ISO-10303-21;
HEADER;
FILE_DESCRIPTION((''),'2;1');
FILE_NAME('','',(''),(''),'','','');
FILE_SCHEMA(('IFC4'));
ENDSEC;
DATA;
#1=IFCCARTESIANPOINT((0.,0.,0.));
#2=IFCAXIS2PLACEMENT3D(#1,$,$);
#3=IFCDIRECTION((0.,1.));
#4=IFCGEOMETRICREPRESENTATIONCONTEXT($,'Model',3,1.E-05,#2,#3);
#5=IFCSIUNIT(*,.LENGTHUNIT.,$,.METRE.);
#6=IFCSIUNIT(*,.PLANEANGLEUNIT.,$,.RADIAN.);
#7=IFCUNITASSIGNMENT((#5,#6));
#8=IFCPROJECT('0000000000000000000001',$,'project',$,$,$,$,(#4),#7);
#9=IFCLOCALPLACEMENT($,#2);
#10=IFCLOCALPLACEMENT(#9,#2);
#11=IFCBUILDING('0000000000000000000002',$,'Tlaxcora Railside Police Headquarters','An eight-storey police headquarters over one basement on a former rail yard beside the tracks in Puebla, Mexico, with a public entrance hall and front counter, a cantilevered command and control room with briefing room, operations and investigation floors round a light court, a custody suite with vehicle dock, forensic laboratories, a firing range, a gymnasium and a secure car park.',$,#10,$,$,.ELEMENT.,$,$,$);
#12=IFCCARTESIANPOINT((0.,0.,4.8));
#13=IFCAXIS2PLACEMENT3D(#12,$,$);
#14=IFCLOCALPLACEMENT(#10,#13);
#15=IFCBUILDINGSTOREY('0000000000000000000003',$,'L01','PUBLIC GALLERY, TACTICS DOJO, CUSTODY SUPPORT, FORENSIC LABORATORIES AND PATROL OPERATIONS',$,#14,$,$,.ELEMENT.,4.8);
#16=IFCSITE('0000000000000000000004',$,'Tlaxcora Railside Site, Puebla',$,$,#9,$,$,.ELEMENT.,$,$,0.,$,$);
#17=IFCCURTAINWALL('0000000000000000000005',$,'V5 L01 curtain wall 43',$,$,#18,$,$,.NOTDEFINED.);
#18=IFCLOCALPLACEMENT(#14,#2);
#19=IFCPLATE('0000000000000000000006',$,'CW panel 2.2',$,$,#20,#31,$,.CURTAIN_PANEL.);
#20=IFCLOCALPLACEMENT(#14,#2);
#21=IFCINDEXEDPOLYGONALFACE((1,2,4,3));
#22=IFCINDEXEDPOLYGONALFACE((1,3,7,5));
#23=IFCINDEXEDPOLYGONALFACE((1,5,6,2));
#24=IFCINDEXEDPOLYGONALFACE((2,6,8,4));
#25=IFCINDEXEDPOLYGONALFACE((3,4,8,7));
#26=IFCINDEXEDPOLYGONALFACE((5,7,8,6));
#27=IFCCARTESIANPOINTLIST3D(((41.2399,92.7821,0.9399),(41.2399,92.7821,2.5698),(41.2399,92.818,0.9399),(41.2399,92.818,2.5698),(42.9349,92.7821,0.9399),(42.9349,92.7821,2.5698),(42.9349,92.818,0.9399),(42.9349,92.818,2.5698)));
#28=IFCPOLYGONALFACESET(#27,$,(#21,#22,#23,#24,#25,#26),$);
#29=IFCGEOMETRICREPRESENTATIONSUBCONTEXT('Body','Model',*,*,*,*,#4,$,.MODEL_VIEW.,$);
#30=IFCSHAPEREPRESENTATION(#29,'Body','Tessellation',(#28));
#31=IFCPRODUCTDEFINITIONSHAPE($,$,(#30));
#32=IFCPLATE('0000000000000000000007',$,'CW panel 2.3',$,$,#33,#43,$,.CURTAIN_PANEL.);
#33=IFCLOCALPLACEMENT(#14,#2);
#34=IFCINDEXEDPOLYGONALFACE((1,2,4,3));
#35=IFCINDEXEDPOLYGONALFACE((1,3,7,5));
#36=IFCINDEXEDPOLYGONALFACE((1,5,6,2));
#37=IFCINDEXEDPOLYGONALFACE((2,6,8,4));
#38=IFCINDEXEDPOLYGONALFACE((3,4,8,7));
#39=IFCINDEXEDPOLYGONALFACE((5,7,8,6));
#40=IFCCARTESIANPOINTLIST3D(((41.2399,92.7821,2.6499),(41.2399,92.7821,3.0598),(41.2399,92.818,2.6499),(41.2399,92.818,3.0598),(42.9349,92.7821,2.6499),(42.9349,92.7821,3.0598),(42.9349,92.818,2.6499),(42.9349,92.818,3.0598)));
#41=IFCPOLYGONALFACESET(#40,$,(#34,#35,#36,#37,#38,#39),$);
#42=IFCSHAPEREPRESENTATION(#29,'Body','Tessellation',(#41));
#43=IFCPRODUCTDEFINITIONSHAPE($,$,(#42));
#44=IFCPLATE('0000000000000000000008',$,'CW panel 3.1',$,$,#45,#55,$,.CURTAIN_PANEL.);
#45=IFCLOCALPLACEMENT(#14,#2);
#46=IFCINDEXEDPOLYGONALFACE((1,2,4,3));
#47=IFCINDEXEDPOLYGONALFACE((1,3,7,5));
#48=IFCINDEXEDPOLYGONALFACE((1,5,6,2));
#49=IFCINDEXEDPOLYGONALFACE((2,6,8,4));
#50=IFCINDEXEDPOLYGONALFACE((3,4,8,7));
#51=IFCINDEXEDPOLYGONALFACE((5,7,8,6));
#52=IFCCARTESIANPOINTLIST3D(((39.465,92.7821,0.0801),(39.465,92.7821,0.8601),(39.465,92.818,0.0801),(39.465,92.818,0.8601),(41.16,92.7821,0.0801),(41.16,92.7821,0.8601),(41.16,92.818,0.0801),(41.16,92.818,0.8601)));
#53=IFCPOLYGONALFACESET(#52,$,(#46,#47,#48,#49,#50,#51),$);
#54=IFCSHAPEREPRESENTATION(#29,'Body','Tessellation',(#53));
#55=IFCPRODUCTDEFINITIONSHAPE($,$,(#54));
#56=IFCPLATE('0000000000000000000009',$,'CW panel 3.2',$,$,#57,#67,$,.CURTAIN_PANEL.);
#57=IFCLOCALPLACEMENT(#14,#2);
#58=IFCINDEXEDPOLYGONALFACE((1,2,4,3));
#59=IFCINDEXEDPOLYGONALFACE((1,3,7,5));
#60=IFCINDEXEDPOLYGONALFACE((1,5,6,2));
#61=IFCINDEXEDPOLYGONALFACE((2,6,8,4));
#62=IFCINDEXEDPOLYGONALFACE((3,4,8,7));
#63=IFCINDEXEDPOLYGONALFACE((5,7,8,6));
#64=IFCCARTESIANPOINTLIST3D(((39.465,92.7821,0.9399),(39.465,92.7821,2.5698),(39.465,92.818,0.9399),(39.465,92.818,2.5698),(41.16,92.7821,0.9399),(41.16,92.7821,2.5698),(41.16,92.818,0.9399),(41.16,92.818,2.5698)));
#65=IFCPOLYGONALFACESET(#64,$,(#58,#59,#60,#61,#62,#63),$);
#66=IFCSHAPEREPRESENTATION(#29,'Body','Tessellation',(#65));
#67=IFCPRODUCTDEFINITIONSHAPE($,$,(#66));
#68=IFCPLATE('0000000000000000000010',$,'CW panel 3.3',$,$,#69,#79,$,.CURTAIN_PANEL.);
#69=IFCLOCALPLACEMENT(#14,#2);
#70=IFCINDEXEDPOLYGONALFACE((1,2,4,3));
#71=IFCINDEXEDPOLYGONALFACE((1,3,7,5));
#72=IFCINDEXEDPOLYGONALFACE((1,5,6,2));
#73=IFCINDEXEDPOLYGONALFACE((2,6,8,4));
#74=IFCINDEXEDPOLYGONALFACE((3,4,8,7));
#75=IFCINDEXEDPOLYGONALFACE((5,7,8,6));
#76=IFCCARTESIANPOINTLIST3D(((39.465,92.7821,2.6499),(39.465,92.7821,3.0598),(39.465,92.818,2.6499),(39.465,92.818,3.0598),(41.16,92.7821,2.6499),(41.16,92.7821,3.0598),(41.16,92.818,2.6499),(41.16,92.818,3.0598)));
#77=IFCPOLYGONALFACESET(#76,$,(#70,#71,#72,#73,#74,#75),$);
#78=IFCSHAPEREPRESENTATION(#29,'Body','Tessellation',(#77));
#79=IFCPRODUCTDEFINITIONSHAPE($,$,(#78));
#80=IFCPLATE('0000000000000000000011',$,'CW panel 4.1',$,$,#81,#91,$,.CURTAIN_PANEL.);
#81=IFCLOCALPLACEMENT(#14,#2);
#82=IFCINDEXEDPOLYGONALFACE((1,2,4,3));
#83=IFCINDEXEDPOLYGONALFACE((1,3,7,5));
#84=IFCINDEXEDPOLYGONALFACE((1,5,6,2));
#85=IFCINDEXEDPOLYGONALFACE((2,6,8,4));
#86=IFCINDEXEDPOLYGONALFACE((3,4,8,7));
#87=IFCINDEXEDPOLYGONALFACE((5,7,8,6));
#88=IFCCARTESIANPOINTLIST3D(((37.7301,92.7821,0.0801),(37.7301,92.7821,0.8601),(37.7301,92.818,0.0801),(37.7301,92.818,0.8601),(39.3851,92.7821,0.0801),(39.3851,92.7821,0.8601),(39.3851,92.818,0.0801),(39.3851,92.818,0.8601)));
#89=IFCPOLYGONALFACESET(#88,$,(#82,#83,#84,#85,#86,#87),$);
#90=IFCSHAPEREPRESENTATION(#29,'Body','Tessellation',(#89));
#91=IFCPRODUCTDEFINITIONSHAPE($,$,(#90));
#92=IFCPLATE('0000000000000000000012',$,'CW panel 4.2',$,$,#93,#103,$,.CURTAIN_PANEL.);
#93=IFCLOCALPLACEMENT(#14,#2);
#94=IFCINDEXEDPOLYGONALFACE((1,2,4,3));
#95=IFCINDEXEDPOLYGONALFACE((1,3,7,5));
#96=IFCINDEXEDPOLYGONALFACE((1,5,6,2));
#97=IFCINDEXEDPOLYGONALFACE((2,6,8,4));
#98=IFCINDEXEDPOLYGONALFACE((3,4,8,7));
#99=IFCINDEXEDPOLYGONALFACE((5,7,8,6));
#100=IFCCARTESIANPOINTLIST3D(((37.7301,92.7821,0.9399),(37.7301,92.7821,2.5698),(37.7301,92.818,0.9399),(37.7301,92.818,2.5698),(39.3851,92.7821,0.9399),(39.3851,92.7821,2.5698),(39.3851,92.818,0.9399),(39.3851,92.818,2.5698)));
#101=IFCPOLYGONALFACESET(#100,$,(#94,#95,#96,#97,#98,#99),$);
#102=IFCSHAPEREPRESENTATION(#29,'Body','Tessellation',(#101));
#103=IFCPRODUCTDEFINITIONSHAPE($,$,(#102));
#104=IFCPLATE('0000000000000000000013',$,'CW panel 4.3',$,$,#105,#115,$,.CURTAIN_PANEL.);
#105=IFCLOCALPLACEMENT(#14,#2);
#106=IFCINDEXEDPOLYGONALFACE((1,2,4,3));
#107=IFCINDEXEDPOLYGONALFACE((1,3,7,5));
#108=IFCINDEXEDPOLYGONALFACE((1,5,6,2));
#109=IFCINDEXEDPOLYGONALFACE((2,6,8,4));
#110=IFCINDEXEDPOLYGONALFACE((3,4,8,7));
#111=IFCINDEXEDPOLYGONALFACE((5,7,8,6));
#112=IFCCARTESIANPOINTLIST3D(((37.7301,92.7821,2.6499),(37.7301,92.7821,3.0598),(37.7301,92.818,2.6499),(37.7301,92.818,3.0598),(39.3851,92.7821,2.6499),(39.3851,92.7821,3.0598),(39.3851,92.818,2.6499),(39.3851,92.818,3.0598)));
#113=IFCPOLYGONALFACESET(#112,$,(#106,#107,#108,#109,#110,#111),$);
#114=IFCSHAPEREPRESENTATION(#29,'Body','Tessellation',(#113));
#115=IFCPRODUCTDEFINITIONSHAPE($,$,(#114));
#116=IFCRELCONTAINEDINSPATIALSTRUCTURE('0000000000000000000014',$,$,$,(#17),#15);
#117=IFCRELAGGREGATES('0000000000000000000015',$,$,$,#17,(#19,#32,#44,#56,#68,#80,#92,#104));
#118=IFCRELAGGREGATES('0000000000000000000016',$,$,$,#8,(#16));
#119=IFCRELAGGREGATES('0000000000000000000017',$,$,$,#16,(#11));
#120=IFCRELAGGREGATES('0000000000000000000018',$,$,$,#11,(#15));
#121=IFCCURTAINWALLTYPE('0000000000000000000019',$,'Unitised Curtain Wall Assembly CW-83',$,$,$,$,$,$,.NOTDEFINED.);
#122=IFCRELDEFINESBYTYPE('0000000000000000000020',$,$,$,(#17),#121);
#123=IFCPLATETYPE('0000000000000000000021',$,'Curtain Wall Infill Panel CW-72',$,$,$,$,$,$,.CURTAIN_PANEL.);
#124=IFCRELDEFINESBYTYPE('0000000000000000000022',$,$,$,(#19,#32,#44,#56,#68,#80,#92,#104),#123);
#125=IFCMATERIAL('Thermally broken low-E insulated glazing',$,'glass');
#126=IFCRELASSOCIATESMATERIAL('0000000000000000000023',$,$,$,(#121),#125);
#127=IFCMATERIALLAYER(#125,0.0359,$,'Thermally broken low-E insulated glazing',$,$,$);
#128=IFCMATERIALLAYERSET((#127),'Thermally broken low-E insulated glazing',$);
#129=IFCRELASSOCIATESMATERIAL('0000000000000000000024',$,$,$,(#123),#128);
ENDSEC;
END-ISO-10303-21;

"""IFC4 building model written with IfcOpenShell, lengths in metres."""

from ifc_helpers import new_model, si_unit, direction, frame, origin, origin_2d, place, context, subcontext, project, spatial, rectangle, extrude, material, layer, layer_set, type_object, element, aggregate, save


model = new_model("IFC4")

# Units and contexts
model_context = context("Model", 3, precision=1e-05, world=origin(), true_north=direction((0.0, 1.0)))
body_context = subcontext(model_context, "Body", "Model", "MODEL_VIEW")
ifc_project = project(units=[si_unit("LENGTHUNIT", "METRE"), si_unit("PLANEANGLEUNIT", "RADIAN")], contexts=[model_context])

# Site, building, storey
site_placement = place(None, origin())
site = spatial("IfcSite", under=ifc_project, at=site_placement, Name="Tlaxcora Railside Site, Puebla", CompositionType="ELEMENT", RefElevation=0.0)
building_placement = place(site_placement, origin())
building = spatial("IfcBuilding", under=site, at=building_placement, Name="Tlaxcora Railside Police Headquarters", Description="An eight-storey police headquarters over one basement on a former rail yard beside the tracks in Puebla, Mexico, with a public entrance hall and front counter, a cantilevered command and control room with briefing room, operations and investigation floors round a light court, a custody suite with vehicle dock, forensic laboratories, a firing range, a gymnasium and a secure car park.", CompositionType="ELEMENT")
storey_placement = place(building_placement, frame((0.0, 0.0, 4.8)))
storey = spatial("IfcBuildingStorey", under=building, at=storey_placement, Name="L01", Description="PUBLIC GALLERY, TACTICS DOJO, CUSTODY SUPPORT, FORENSIC LABORATORIES AND PATROL OPERATIONS", CompositionType="ELEMENT", Elevation=4.8)

# Curtain wall, plates
ifc_material_1 = material(Name="Thermally broken low-E insulated glazing", Category="glass")
curtain_wall_type = type_object("IfcCurtainWallType", Name="Unitised Curtain Wall Assembly CW-83", PredefinedType="NOTDEFINED", material=ifc_material_1)
curtain_wall_placement = place(storey_placement, origin())
curtain_wall = element("IfcCurtainWall", 1, at=curtain_wall_placement, inside=storey, type_object=curtain_wall_type, Name="V5 L01 curtain wall 43", PredefinedType="NOTDEFINED")
ifc_layer = layer(ifc_material_1, 0.0359, Name="Thermally broken low-E insulated glazing")
ifc_layer_set = layer_set([ifc_layer], Name="Thermally broken low-E insulated glazing")
plate_type = type_object("IfcPlateType", Name="Curtain Wall Infill Panel CW-72", PredefinedType="CURTAIN_PANEL", material=ifc_layer_set)
plate_1_placement = place(storey_placement, frame((42.0874, 92.8, 0.9399), z_axis=(0.0, 0.0, 1.0), x_axis=(-1.0, 0.0, 0.0)))
plate_1 = element("IfcPlate", 2, at=plate_1_placement, type_object=plate_type, Name="CW panel 2.2", PredefinedType="CURTAIN_PANEL", context=body_context, shape_type="SweptSolid", body=[
    extrude(rectangle(XDim=1.6951, YDim=0.0359, at=origin_2d()), origin(), (0.0, 0.0, 1.0), 1.6299),
])
plate_2_placement = place(storey_placement, frame((42.0874, 92.8, 2.6499), z_axis=(0.0, 0.0, 1.0), x_axis=(-1.0, 0.0, 0.0)))
plate_2 = element("IfcPlate", 3, at=plate_2_placement, type_object=plate_type, Name="CW panel 2.3", PredefinedType="CURTAIN_PANEL", context=body_context, shape_type="SweptSolid", body=[
    extrude(rectangle(XDim=1.6951, YDim=0.0359, at=origin_2d()), origin(), (0.0, 0.0, 1.0), 0.4099),
])
plate_3_placement = place(storey_placement, frame((40.3125, 92.8, 0.0801), z_axis=(0.0, 0.0, 1.0), x_axis=(-1.0, 0.0, 0.0)))
plate_3 = element("IfcPlate", 4, at=plate_3_placement, type_object=plate_type, Name="CW panel 3.1", PredefinedType="CURTAIN_PANEL", context=body_context, shape_type="SweptSolid", body=[
    extrude(rectangle(XDim=1.6951, YDim=0.0359, at=origin_2d()), origin(), (0.0, 0.0, 1.0), 0.78),
])
plate_4_placement = place(storey_placement, frame((40.3125, 92.8, 0.9399), z_axis=(0.0, 0.0, 1.0), x_axis=(-1.0, 0.0, 0.0)))
plate_4 = element("IfcPlate", 5, at=plate_4_placement, type_object=plate_type, Name="CW panel 3.2", PredefinedType="CURTAIN_PANEL", context=body_context, shape_type="SweptSolid", body=[
    extrude(rectangle(XDim=1.6951, YDim=0.0359, at=origin_2d()), origin(), (0.0, 0.0, 1.0), 1.6299),
])
plate_5_placement = place(storey_placement, frame((40.3125, 92.8, 2.6499), z_axis=(0.0, 0.0, 1.0), x_axis=(-1.0, 0.0, 0.0)))
plate_5 = element("IfcPlate", 6, at=plate_5_placement, type_object=plate_type, Name="CW panel 3.3", PredefinedType="CURTAIN_PANEL", context=body_context, shape_type="SweptSolid", body=[
    extrude(rectangle(XDim=1.6951, YDim=0.0359, at=origin_2d()), origin(), (0.0, 0.0, 1.0), 0.4099),
])
plate_6_placement = place(storey_placement, frame((38.5576, 92.8, 0.0801), z_axis=(0.0, 0.0, 1.0), x_axis=(-1.0, 0.0, 0.0)))
plate_6 = element("IfcPlate", 7, at=plate_6_placement, type_object=plate_type, Name="CW panel 4.1", PredefinedType="CURTAIN_PANEL", context=body_context, shape_type="SweptSolid", body=[
    extrude(rectangle(XDim=1.655, YDim=0.0359, at=origin_2d()), origin(), (0.0, 0.0, 1.0), 0.78),
])
plate_7_placement = place(storey_placement, frame((38.5576, 92.8, 0.9399), z_axis=(0.0, 0.0, 1.0), x_axis=(-1.0, 0.0, 0.0)))
plate_7 = element("IfcPlate", 8, at=plate_7_placement, type_object=plate_type, Name="CW panel 4.2", PredefinedType="CURTAIN_PANEL", context=body_context, shape_type="SweptSolid", body=[
    extrude(rectangle(XDim=1.655, YDim=0.0359, at=origin_2d()), origin(), (0.0, 0.0, 1.0), 1.6299),
])
plate_8_placement = place(storey_placement, frame((38.5576, 92.8, 2.6499), z_axis=(0.0, 0.0, 1.0), x_axis=(-1.0, 0.0, 0.0)))
plate_8 = element("IfcPlate", 9, at=plate_8_placement, type_object=plate_type, Name="CW panel 4.3", PredefinedType="CURTAIN_PANEL", context=body_context, shape_type="SweptSolid", body=[
    extrude(rectangle(XDim=1.655, YDim=0.0359, at=origin_2d()), origin(), (0.0, 0.0, 1.0), 0.4099),
])
aggregate(curtain_wall, [plate_1, plate_2, plate_3, plate_4, plate_5, plate_6, plate_7, plate_8])

save(model, "model.ifc")
